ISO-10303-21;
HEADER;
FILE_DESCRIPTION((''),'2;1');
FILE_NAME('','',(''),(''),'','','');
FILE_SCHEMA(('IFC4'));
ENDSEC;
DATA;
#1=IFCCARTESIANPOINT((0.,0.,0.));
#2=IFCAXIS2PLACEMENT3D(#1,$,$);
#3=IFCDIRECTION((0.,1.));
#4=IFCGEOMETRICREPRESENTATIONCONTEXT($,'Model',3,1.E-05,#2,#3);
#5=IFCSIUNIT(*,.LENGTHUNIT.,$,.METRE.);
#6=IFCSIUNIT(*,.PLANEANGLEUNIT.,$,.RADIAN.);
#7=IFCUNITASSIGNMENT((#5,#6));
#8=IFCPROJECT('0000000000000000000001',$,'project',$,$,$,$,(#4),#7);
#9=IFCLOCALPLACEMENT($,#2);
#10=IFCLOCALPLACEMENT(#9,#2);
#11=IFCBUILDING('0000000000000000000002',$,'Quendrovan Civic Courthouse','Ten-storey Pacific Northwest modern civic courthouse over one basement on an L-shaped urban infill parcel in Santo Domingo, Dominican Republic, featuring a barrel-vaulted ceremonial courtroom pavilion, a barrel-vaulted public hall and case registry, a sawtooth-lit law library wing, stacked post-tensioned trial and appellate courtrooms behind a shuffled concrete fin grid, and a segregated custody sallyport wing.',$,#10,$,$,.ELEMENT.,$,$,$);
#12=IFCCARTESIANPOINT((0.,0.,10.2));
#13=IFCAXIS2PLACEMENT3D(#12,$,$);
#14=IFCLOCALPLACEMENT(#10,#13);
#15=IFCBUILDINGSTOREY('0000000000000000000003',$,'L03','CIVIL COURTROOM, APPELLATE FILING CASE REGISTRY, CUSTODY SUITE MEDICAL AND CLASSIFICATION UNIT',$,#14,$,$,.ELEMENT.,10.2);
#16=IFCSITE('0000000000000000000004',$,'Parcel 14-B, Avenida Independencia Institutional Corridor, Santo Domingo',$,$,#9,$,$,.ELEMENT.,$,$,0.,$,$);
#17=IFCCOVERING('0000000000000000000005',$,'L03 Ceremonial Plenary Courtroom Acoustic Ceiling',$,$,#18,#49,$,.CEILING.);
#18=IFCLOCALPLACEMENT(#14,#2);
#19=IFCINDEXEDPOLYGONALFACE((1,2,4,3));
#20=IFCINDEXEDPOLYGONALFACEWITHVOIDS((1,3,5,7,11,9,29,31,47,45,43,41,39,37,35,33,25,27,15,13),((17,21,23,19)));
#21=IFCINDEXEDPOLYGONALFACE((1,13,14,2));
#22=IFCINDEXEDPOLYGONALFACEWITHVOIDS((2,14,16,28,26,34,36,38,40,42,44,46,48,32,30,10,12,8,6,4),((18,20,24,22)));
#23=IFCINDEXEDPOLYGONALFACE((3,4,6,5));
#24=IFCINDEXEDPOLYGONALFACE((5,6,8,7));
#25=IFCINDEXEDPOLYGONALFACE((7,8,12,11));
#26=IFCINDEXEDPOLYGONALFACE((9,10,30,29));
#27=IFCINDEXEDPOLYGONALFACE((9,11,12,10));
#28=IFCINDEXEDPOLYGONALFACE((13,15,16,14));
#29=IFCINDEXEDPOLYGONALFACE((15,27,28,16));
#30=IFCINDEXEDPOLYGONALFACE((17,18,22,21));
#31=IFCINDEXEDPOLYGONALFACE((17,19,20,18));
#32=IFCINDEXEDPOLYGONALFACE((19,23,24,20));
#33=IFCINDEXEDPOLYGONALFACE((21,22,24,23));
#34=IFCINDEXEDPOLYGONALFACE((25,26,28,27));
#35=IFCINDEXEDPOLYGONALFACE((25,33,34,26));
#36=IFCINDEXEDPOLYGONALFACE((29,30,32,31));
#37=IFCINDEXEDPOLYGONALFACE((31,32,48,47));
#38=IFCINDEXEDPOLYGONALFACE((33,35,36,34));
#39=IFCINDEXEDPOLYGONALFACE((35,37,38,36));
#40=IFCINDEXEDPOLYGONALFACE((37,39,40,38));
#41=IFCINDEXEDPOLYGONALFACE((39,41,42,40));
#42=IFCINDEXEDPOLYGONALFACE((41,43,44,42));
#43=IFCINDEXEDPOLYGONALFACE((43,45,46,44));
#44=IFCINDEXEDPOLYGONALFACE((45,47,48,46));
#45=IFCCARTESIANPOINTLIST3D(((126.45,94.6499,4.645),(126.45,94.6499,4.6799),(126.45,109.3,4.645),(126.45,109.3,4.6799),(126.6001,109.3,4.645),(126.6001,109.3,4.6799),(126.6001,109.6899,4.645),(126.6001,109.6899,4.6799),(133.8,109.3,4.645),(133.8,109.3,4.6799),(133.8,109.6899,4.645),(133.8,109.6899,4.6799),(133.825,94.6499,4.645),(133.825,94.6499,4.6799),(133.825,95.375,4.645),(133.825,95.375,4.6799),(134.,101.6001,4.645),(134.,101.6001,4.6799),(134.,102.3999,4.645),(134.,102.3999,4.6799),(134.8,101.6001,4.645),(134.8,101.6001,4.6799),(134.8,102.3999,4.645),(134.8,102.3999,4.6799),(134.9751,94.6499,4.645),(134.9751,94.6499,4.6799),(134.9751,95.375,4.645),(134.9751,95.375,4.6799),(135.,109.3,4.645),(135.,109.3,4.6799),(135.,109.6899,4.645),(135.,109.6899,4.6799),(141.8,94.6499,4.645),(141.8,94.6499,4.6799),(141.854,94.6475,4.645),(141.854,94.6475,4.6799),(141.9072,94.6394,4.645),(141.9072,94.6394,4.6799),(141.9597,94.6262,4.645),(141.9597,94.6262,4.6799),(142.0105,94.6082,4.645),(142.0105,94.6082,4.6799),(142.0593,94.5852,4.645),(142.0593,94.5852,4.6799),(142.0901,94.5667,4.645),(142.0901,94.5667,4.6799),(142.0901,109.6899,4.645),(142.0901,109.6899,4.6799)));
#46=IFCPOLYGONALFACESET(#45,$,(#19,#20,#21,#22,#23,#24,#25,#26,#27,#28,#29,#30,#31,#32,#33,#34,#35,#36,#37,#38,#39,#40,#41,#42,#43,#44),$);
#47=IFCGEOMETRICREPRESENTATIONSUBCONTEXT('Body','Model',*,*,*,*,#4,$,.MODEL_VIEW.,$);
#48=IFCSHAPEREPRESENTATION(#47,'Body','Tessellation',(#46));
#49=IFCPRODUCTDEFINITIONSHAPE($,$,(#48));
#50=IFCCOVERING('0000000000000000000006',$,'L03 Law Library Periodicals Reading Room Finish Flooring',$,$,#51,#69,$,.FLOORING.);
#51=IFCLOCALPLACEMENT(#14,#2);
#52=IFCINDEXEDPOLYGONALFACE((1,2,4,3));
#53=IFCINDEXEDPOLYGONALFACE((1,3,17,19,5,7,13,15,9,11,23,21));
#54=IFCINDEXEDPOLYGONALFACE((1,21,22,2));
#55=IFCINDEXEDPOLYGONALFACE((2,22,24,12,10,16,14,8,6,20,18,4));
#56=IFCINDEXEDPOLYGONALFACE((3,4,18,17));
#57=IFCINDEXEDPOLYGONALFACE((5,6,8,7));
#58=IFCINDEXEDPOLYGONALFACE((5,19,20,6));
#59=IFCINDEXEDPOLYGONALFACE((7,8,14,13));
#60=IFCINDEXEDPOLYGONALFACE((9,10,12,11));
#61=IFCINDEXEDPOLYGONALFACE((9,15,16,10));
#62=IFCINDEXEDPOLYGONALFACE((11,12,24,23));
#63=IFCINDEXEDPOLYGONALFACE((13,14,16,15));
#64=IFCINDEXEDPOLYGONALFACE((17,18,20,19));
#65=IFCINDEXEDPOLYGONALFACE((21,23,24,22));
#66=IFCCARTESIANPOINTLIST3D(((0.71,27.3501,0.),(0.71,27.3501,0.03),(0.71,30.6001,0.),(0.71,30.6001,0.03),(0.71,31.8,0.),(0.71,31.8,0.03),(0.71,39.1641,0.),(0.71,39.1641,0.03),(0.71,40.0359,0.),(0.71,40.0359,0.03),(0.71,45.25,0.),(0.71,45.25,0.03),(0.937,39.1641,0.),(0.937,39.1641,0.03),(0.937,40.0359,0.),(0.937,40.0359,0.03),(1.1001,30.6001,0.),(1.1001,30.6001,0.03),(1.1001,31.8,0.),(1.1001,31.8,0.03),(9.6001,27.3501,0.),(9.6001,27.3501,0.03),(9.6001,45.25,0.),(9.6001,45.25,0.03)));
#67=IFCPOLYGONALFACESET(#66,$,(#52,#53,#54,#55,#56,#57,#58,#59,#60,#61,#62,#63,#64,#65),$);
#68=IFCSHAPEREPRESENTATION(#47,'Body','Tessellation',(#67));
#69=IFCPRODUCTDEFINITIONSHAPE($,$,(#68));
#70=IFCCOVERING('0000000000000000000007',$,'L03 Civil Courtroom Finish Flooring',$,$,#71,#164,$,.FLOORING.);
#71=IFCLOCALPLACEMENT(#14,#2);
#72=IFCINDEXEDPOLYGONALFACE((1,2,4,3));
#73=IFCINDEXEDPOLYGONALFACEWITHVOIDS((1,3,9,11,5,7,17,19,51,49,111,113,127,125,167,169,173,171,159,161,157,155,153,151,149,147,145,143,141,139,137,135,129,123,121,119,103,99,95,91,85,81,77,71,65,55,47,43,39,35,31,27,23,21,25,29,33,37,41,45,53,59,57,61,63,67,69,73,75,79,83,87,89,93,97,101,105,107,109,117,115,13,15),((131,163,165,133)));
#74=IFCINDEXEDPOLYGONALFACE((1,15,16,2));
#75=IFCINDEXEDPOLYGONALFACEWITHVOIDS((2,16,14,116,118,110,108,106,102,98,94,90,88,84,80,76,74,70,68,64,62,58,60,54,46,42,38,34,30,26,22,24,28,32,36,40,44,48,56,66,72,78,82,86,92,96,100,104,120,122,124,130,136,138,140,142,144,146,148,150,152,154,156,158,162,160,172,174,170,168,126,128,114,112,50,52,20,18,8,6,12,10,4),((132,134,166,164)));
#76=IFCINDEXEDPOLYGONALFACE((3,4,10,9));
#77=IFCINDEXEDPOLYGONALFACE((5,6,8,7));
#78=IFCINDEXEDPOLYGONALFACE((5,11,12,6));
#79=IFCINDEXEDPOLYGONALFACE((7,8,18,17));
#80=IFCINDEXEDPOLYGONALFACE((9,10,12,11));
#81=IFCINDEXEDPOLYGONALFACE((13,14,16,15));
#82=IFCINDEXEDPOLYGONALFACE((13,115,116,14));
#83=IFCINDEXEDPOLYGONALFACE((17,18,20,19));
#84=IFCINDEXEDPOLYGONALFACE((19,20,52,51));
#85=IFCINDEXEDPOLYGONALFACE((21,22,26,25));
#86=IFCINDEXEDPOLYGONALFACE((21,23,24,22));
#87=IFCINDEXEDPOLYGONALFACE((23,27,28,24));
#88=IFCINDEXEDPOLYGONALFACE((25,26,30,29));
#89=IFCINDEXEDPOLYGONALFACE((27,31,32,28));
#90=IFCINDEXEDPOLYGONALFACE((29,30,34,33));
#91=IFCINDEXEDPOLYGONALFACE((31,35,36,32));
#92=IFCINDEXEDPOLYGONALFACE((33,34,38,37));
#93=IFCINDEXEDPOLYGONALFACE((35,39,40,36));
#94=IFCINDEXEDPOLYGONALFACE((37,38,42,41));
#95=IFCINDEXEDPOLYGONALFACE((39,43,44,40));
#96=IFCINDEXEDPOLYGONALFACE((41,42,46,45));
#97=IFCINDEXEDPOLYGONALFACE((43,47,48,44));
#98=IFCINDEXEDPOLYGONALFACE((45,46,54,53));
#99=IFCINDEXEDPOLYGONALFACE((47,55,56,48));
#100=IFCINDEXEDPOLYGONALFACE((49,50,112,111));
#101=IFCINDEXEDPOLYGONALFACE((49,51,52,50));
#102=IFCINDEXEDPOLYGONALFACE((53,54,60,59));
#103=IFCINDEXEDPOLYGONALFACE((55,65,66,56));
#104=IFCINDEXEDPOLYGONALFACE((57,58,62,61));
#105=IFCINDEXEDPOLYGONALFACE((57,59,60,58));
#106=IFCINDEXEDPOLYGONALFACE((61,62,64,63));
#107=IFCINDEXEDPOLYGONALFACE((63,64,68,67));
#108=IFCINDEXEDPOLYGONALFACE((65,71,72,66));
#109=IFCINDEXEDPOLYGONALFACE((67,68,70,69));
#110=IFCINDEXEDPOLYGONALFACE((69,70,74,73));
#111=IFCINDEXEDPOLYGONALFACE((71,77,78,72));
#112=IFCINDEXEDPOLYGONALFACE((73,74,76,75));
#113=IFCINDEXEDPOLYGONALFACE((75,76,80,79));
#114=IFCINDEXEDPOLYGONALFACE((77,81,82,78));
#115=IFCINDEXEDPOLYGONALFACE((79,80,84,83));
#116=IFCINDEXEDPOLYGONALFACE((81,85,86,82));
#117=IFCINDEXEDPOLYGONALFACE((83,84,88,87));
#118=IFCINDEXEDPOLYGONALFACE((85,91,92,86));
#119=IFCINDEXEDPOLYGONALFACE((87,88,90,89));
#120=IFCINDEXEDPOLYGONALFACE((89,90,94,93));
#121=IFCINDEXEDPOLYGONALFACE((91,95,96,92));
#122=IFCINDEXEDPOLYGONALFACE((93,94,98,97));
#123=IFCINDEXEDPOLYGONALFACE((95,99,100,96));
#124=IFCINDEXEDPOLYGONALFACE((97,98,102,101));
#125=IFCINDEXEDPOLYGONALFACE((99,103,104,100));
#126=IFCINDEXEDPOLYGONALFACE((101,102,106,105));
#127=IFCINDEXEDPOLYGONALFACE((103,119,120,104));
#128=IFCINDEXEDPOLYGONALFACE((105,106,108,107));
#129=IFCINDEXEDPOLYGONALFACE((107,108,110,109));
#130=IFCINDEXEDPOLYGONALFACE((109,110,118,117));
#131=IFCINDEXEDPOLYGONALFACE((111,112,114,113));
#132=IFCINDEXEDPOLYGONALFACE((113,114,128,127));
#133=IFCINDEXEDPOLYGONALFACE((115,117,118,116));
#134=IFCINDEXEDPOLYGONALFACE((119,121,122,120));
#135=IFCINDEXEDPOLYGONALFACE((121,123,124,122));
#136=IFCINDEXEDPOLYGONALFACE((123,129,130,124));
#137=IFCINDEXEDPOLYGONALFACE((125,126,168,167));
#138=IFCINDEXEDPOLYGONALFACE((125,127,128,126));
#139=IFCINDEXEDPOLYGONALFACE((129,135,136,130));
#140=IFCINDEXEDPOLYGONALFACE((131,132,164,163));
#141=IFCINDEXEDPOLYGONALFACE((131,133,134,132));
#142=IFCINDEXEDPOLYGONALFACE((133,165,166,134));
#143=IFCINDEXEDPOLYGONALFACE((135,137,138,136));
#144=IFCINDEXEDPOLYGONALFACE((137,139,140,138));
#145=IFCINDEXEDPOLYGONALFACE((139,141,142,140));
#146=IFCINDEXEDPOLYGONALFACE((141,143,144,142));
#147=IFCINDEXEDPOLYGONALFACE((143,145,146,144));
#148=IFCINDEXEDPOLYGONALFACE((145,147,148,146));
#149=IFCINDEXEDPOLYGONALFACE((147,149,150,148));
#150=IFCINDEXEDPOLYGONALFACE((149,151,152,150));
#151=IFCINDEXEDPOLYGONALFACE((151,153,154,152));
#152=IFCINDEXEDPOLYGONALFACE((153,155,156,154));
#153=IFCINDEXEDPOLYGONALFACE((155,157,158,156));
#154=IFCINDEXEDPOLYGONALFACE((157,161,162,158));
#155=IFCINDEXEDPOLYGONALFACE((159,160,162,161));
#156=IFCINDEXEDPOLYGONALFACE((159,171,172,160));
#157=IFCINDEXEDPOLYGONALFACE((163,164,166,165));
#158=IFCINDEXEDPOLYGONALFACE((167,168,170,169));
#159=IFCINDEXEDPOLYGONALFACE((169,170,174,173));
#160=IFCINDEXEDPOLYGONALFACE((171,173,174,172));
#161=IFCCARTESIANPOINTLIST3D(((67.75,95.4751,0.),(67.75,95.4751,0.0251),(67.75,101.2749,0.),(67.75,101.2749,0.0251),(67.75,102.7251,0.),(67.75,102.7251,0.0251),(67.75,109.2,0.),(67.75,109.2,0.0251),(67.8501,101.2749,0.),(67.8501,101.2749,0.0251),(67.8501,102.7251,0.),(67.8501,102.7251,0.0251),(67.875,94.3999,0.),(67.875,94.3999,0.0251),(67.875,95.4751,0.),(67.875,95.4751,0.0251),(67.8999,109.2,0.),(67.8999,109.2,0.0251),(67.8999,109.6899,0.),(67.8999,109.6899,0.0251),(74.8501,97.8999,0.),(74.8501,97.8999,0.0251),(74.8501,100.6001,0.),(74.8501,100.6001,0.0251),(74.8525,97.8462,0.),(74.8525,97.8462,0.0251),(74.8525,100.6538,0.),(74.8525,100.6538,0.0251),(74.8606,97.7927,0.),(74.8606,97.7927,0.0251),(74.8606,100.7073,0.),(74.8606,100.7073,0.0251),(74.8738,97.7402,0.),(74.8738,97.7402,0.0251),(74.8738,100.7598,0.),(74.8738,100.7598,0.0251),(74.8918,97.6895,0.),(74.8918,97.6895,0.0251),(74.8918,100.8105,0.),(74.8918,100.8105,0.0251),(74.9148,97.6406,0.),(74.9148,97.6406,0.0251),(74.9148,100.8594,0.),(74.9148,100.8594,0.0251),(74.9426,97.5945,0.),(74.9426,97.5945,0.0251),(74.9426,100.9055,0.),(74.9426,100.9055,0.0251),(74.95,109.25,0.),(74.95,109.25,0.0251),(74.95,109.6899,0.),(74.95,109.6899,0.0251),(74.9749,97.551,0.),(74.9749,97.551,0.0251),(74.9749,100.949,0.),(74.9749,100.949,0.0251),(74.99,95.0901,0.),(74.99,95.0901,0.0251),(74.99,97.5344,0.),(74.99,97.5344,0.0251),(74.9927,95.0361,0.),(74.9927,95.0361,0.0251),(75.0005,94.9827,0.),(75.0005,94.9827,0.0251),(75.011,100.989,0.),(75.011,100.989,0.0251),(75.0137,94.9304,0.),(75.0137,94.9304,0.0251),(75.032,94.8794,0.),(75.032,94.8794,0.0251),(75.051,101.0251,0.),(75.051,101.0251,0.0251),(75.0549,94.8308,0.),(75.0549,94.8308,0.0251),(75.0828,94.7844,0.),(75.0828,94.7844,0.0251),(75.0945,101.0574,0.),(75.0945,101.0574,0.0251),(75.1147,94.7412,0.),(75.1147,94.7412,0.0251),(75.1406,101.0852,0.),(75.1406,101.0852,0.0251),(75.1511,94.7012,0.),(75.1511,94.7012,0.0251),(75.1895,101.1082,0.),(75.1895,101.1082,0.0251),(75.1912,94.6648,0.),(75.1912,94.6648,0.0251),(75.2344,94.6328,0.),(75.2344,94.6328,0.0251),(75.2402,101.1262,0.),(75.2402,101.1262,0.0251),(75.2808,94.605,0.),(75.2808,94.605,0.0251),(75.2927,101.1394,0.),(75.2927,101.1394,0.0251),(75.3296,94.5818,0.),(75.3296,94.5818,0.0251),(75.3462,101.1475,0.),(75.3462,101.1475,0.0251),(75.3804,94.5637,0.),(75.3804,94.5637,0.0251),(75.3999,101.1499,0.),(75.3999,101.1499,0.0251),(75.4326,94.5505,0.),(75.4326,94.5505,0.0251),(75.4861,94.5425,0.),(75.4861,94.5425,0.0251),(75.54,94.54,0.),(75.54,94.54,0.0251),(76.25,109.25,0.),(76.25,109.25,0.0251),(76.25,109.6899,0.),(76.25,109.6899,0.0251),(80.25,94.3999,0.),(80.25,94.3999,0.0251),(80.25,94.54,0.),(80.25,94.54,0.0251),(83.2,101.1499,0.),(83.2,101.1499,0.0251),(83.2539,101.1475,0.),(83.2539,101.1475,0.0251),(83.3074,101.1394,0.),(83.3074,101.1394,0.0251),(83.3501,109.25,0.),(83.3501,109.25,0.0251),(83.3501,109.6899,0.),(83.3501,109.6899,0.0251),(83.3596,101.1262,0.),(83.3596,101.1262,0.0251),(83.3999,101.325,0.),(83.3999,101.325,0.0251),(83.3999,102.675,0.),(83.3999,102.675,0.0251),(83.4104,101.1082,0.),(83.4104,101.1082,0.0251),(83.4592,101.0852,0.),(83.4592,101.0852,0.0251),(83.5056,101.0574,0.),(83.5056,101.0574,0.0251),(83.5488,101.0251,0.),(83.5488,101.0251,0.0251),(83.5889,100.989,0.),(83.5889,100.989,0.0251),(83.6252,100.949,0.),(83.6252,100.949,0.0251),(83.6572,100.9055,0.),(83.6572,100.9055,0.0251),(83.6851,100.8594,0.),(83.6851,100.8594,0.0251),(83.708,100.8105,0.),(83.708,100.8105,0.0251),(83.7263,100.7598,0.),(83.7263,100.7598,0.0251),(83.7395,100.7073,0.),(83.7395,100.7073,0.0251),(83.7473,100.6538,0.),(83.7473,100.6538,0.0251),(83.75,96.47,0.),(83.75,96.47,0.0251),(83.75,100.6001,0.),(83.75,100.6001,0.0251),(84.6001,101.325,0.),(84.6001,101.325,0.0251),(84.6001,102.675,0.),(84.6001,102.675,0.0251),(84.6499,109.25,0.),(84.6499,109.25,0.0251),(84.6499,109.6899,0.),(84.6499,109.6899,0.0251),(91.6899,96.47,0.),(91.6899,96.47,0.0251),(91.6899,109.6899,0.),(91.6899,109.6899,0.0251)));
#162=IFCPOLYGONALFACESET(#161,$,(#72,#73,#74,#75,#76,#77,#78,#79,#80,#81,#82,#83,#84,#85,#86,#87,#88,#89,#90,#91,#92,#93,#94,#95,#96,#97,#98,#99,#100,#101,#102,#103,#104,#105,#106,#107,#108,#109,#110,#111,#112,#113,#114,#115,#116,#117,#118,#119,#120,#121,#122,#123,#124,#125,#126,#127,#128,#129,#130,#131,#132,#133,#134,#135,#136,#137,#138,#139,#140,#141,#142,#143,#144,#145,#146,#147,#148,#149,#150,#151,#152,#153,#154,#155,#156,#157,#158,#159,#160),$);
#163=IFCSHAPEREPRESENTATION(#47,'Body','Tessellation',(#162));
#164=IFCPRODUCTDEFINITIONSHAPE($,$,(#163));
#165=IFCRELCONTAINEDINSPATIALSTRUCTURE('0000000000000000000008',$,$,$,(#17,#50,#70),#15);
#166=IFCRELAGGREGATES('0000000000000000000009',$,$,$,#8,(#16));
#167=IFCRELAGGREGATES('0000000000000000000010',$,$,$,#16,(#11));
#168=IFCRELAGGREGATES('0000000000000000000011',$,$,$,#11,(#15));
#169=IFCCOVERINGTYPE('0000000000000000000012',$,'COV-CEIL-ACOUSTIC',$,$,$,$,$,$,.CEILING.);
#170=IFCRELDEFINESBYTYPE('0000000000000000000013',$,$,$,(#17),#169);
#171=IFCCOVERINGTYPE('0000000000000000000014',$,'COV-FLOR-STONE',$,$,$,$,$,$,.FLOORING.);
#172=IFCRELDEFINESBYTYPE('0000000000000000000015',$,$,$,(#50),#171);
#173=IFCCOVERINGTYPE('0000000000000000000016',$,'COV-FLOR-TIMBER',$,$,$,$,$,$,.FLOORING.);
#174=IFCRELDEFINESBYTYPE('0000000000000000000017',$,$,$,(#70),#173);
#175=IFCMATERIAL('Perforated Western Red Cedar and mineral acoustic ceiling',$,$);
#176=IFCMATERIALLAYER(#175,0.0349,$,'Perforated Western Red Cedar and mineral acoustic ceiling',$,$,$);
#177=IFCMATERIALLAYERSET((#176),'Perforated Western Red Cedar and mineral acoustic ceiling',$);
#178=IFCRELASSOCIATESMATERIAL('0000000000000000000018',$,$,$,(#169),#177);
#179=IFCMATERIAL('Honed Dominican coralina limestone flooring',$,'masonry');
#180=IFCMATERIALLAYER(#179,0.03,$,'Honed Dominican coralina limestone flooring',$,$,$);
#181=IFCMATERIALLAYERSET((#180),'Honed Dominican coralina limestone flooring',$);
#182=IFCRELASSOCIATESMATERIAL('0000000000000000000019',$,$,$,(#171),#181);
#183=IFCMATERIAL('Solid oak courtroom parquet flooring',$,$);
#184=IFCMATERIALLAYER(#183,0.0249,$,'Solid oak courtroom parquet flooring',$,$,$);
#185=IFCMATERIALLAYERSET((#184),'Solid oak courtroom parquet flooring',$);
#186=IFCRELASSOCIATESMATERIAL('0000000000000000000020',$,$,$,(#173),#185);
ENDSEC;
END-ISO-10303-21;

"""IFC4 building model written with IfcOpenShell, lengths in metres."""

from ifc_helpers import new_model, si_unit, direction, frame, origin, place, context, subcontext, project, spatial, polyline, outline, extrude, material, layer, layer_set, type_object, element, save


model = new_model("IFC4")

# Units and contexts
model_context = context("Model", 3, precision=1e-05, world=origin(), true_north=direction((0.0, 1.0)))
body_context = subcontext(model_context, "Body", "Model", "MODEL_VIEW")
ifc_project = project(units=[si_unit("LENGTHUNIT", "METRE"), si_unit("PLANEANGLEUNIT", "RADIAN")], contexts=[model_context])

# Site, building, storey
site_placement = place(None, origin())
site = spatial("IfcSite", under=ifc_project, at=site_placement, Name="Parcel 14-B, Avenida Independencia Institutional Corridor, Santo Domingo", CompositionType="ELEMENT", RefElevation=0.0)
building_placement = place(site_placement, origin())
building = spatial("IfcBuilding", under=site, at=building_placement, Name="Quendrovan Civic Courthouse", Description="Ten-storey Pacific Northwest modern civic courthouse over one basement on an L-shaped urban infill parcel in Santo Domingo, Dominican Republic, featuring a barrel-vaulted ceremonial courtroom pavilion, a barrel-vaulted public hall and case registry, a sawtooth-lit law library wing, stacked post-tensioned trial and appellate courtrooms behind a shuffled concrete fin grid, and a segregated custody sallyport wing.", CompositionType="ELEMENT")
storey_placement = place(building_placement, frame((0.0, 0.0, 10.2)))
storey = spatial("IfcBuildingStorey", under=building, at=storey_placement, Name="L03", Description="CIVIL COURTROOM, APPELLATE FILING CASE REGISTRY, CUSTODY SUITE MEDICAL AND CLASSIFICATION UNIT", CompositionType="ELEMENT", Elevation=10.2)

# Coverings
ifc_material_1 = material(Name="Perforated Western Red Cedar and mineral acoustic ceiling")
ifc_layer_1 = layer(ifc_material_1, 0.0349, Name="Perforated Western Red Cedar and mineral acoustic ceiling")
ifc_layer_set_1 = layer_set([ifc_layer_1], Name="Perforated Western Red Cedar and mineral acoustic ceiling")
covering_type_1 = type_object("IfcCoveringType", Name="COV-CEIL-ACOUSTIC", PredefinedType="CEILING", material=ifc_layer_set_1)
covering_1_placement = place(storey_placement, frame((0.0, 0.0, 4.645)))
element("IfcCovering", 1, at=covering_1_placement, inside=storey, type_object=covering_type_1, Name="L03 Ceremonial Plenary Courtroom Acoustic Ceiling", PredefinedType="CEILING", context=body_context, shape_type="SweptSolid", body=[
    extrude(outline(polyline([(134.9751, 94.6499), (134.9751, 95.375), (133.825, 95.375), (133.825, 94.6499), (126.45, 94.6499), (126.45, 109.3), (126.6001, 109.3), (126.6001, 109.6899), (133.8, 109.6899), (133.8, 109.3), (135.0, 109.3), (135.0, 109.6899), (142.0901, 109.6899), (142.0901, 94.5667), (142.0593, 94.5852), (142.0105, 94.6082), (141.9597, 94.6262), (141.9072, 94.6394), (141.854, 94.6475), (141.8, 94.6499), (134.9751, 94.6499)]), holes=[polyline([(134.0, 102.3999), (134.0, 101.6001), (134.8, 101.6001), (134.8, 102.3999), (134.0, 102.3999)])]), origin(), (0.0, 0.0, 1.0), 0.0349),
])
ifc_material_2 = material(Name="Honed Dominican coralina limestone flooring", Category="masonry")
ifc_layer_2 = layer(ifc_material_2, 0.03, Name="Honed Dominican coralina limestone flooring")
ifc_layer_set_2 = layer_set([ifc_layer_2], Name="Honed Dominican coralina limestone flooring")
covering_type_2 = type_object("IfcCoveringType", Name="COV-FLOR-STONE", PredefinedType="FLOORING", material=ifc_layer_set_2)
covering_2_placement = place(storey_placement, origin())
element("IfcCovering", 2, at=covering_2_placement, inside=storey, type_object=covering_type_2, Name="L03 Law Library Periodicals Reading Room Finish Flooring", PredefinedType="FLOORING", context=body_context, shape_type="SweptSolid", body=[
    extrude(outline(polyline([(0.937, 40.0359), (0.71, 40.0359), (0.71, 45.25), (9.6001, 45.25), (9.6001, 27.3501), (0.71, 27.3501), (0.71, 30.6001), (1.1001, 30.6001), (1.1001, 31.8), (0.71, 31.8), (0.71, 39.1641), (0.937, 39.1641), (0.937, 40.0359)])), origin(), (0.0, 0.0, 1.0), 0.03),
])
ifc_material_3 = material(Name="Solid oak courtroom parquet flooring")
ifc_layer_3 = layer(ifc_material_3, 0.0249, Name="Solid oak courtroom parquet flooring")
ifc_layer_set_3 = layer_set([ifc_layer_3], Name="Solid oak courtroom parquet flooring")
covering_type_3 = type_object("IfcCoveringType", Name="COV-FLOR-TIMBER", PredefinedType="FLOORING", material=ifc_layer_set_3)
covering_3_placement = place(storey_placement, origin())
element("IfcCovering", 3, at=covering_3_placement, inside=storey, type_object=covering_type_3, Name="L03 Civil Courtroom Finish Flooring", PredefinedType="FLOORING", context=body_context, shape_type="SweptSolid", body=[
    extrude(outline(polyline([(83.7473, 100.6538), (83.7395, 100.7073), (83.7263, 100.7598), (83.708, 100.8105), (83.6851, 100.8594), (83.6572, 100.9055), (83.6252, 100.949), (83.5889, 100.989), (83.5488, 101.0251), (83.5056, 101.0574), (83.4592, 101.0852), (83.4104, 101.1082), (83.3596, 101.1262), (83.3074, 101.1394), (83.2539, 101.1475), (83.2, 101.1499), (75.3999, 101.1499), (75.3462, 101.1475), (75.2927, 101.1394), (75.2402, 101.1262), (75.1895, 101.1082), (75.1406, 101.0852), (75.0945, 101.0574), (75.051, 101.0251), (75.011, 100.989), (74.9749, 100.949), (74.9426, 100.9055), (74.9148, 100.8594), (74.8918, 100.8105), (74.8738, 100.7598), (74.8606, 100.7073), (74.8525, 100.6538), (74.8501, 100.6001), (74.8501, 97.8999), (74.8525, 97.8462), (74.8606, 97.7927), (74.8738, 97.7402), (74.8918, 97.6895), (74.9148, 97.6406), (74.9426, 97.5945), (74.9749, 97.551), (74.99, 97.5344), (74.99, 95.0901), (74.9927, 95.0361), (75.0005, 94.9827), (75.0137, 94.9304), (75.032, 94.8794), (75.0549, 94.8308), (75.0828, 94.7844), (75.1147, 94.7412), (75.1511, 94.7012), (75.1912, 94.6648), (75.2344, 94.6328), (75.2808, 94.605), (75.3296, 94.5818), (75.3804, 94.5637), (75.4326, 94.5505), (75.4861, 94.5425), (75.54, 94.54), (80.25, 94.54), (80.25, 94.3999), (67.875, 94.3999), (67.875, 95.4751), (67.75, 95.4751), (67.75, 101.2749), (67.8501, 101.2749), (67.8501, 102.7251), (67.75, 102.7251), (67.75, 109.2), (67.8999, 109.2), (67.8999, 109.6899), (74.95, 109.6899), (74.95, 109.25), (76.25, 109.25), (76.25, 109.6899), (83.3501, 109.6899), (83.3501, 109.25), (84.6499, 109.25), (84.6499, 109.6899), (91.6899, 109.6899), (91.6899, 96.47), (83.75, 96.47), (83.75, 100.6001), (83.7473, 100.6538)]), holes=[polyline([(83.3999, 101.325), (84.6001, 101.325), (84.6001, 102.675), (83.3999, 102.675), (83.3999, 101.325)])]), origin(), (0.0, 0.0, 1.0), 0.0251),
])

save(model, "model.ifc")
